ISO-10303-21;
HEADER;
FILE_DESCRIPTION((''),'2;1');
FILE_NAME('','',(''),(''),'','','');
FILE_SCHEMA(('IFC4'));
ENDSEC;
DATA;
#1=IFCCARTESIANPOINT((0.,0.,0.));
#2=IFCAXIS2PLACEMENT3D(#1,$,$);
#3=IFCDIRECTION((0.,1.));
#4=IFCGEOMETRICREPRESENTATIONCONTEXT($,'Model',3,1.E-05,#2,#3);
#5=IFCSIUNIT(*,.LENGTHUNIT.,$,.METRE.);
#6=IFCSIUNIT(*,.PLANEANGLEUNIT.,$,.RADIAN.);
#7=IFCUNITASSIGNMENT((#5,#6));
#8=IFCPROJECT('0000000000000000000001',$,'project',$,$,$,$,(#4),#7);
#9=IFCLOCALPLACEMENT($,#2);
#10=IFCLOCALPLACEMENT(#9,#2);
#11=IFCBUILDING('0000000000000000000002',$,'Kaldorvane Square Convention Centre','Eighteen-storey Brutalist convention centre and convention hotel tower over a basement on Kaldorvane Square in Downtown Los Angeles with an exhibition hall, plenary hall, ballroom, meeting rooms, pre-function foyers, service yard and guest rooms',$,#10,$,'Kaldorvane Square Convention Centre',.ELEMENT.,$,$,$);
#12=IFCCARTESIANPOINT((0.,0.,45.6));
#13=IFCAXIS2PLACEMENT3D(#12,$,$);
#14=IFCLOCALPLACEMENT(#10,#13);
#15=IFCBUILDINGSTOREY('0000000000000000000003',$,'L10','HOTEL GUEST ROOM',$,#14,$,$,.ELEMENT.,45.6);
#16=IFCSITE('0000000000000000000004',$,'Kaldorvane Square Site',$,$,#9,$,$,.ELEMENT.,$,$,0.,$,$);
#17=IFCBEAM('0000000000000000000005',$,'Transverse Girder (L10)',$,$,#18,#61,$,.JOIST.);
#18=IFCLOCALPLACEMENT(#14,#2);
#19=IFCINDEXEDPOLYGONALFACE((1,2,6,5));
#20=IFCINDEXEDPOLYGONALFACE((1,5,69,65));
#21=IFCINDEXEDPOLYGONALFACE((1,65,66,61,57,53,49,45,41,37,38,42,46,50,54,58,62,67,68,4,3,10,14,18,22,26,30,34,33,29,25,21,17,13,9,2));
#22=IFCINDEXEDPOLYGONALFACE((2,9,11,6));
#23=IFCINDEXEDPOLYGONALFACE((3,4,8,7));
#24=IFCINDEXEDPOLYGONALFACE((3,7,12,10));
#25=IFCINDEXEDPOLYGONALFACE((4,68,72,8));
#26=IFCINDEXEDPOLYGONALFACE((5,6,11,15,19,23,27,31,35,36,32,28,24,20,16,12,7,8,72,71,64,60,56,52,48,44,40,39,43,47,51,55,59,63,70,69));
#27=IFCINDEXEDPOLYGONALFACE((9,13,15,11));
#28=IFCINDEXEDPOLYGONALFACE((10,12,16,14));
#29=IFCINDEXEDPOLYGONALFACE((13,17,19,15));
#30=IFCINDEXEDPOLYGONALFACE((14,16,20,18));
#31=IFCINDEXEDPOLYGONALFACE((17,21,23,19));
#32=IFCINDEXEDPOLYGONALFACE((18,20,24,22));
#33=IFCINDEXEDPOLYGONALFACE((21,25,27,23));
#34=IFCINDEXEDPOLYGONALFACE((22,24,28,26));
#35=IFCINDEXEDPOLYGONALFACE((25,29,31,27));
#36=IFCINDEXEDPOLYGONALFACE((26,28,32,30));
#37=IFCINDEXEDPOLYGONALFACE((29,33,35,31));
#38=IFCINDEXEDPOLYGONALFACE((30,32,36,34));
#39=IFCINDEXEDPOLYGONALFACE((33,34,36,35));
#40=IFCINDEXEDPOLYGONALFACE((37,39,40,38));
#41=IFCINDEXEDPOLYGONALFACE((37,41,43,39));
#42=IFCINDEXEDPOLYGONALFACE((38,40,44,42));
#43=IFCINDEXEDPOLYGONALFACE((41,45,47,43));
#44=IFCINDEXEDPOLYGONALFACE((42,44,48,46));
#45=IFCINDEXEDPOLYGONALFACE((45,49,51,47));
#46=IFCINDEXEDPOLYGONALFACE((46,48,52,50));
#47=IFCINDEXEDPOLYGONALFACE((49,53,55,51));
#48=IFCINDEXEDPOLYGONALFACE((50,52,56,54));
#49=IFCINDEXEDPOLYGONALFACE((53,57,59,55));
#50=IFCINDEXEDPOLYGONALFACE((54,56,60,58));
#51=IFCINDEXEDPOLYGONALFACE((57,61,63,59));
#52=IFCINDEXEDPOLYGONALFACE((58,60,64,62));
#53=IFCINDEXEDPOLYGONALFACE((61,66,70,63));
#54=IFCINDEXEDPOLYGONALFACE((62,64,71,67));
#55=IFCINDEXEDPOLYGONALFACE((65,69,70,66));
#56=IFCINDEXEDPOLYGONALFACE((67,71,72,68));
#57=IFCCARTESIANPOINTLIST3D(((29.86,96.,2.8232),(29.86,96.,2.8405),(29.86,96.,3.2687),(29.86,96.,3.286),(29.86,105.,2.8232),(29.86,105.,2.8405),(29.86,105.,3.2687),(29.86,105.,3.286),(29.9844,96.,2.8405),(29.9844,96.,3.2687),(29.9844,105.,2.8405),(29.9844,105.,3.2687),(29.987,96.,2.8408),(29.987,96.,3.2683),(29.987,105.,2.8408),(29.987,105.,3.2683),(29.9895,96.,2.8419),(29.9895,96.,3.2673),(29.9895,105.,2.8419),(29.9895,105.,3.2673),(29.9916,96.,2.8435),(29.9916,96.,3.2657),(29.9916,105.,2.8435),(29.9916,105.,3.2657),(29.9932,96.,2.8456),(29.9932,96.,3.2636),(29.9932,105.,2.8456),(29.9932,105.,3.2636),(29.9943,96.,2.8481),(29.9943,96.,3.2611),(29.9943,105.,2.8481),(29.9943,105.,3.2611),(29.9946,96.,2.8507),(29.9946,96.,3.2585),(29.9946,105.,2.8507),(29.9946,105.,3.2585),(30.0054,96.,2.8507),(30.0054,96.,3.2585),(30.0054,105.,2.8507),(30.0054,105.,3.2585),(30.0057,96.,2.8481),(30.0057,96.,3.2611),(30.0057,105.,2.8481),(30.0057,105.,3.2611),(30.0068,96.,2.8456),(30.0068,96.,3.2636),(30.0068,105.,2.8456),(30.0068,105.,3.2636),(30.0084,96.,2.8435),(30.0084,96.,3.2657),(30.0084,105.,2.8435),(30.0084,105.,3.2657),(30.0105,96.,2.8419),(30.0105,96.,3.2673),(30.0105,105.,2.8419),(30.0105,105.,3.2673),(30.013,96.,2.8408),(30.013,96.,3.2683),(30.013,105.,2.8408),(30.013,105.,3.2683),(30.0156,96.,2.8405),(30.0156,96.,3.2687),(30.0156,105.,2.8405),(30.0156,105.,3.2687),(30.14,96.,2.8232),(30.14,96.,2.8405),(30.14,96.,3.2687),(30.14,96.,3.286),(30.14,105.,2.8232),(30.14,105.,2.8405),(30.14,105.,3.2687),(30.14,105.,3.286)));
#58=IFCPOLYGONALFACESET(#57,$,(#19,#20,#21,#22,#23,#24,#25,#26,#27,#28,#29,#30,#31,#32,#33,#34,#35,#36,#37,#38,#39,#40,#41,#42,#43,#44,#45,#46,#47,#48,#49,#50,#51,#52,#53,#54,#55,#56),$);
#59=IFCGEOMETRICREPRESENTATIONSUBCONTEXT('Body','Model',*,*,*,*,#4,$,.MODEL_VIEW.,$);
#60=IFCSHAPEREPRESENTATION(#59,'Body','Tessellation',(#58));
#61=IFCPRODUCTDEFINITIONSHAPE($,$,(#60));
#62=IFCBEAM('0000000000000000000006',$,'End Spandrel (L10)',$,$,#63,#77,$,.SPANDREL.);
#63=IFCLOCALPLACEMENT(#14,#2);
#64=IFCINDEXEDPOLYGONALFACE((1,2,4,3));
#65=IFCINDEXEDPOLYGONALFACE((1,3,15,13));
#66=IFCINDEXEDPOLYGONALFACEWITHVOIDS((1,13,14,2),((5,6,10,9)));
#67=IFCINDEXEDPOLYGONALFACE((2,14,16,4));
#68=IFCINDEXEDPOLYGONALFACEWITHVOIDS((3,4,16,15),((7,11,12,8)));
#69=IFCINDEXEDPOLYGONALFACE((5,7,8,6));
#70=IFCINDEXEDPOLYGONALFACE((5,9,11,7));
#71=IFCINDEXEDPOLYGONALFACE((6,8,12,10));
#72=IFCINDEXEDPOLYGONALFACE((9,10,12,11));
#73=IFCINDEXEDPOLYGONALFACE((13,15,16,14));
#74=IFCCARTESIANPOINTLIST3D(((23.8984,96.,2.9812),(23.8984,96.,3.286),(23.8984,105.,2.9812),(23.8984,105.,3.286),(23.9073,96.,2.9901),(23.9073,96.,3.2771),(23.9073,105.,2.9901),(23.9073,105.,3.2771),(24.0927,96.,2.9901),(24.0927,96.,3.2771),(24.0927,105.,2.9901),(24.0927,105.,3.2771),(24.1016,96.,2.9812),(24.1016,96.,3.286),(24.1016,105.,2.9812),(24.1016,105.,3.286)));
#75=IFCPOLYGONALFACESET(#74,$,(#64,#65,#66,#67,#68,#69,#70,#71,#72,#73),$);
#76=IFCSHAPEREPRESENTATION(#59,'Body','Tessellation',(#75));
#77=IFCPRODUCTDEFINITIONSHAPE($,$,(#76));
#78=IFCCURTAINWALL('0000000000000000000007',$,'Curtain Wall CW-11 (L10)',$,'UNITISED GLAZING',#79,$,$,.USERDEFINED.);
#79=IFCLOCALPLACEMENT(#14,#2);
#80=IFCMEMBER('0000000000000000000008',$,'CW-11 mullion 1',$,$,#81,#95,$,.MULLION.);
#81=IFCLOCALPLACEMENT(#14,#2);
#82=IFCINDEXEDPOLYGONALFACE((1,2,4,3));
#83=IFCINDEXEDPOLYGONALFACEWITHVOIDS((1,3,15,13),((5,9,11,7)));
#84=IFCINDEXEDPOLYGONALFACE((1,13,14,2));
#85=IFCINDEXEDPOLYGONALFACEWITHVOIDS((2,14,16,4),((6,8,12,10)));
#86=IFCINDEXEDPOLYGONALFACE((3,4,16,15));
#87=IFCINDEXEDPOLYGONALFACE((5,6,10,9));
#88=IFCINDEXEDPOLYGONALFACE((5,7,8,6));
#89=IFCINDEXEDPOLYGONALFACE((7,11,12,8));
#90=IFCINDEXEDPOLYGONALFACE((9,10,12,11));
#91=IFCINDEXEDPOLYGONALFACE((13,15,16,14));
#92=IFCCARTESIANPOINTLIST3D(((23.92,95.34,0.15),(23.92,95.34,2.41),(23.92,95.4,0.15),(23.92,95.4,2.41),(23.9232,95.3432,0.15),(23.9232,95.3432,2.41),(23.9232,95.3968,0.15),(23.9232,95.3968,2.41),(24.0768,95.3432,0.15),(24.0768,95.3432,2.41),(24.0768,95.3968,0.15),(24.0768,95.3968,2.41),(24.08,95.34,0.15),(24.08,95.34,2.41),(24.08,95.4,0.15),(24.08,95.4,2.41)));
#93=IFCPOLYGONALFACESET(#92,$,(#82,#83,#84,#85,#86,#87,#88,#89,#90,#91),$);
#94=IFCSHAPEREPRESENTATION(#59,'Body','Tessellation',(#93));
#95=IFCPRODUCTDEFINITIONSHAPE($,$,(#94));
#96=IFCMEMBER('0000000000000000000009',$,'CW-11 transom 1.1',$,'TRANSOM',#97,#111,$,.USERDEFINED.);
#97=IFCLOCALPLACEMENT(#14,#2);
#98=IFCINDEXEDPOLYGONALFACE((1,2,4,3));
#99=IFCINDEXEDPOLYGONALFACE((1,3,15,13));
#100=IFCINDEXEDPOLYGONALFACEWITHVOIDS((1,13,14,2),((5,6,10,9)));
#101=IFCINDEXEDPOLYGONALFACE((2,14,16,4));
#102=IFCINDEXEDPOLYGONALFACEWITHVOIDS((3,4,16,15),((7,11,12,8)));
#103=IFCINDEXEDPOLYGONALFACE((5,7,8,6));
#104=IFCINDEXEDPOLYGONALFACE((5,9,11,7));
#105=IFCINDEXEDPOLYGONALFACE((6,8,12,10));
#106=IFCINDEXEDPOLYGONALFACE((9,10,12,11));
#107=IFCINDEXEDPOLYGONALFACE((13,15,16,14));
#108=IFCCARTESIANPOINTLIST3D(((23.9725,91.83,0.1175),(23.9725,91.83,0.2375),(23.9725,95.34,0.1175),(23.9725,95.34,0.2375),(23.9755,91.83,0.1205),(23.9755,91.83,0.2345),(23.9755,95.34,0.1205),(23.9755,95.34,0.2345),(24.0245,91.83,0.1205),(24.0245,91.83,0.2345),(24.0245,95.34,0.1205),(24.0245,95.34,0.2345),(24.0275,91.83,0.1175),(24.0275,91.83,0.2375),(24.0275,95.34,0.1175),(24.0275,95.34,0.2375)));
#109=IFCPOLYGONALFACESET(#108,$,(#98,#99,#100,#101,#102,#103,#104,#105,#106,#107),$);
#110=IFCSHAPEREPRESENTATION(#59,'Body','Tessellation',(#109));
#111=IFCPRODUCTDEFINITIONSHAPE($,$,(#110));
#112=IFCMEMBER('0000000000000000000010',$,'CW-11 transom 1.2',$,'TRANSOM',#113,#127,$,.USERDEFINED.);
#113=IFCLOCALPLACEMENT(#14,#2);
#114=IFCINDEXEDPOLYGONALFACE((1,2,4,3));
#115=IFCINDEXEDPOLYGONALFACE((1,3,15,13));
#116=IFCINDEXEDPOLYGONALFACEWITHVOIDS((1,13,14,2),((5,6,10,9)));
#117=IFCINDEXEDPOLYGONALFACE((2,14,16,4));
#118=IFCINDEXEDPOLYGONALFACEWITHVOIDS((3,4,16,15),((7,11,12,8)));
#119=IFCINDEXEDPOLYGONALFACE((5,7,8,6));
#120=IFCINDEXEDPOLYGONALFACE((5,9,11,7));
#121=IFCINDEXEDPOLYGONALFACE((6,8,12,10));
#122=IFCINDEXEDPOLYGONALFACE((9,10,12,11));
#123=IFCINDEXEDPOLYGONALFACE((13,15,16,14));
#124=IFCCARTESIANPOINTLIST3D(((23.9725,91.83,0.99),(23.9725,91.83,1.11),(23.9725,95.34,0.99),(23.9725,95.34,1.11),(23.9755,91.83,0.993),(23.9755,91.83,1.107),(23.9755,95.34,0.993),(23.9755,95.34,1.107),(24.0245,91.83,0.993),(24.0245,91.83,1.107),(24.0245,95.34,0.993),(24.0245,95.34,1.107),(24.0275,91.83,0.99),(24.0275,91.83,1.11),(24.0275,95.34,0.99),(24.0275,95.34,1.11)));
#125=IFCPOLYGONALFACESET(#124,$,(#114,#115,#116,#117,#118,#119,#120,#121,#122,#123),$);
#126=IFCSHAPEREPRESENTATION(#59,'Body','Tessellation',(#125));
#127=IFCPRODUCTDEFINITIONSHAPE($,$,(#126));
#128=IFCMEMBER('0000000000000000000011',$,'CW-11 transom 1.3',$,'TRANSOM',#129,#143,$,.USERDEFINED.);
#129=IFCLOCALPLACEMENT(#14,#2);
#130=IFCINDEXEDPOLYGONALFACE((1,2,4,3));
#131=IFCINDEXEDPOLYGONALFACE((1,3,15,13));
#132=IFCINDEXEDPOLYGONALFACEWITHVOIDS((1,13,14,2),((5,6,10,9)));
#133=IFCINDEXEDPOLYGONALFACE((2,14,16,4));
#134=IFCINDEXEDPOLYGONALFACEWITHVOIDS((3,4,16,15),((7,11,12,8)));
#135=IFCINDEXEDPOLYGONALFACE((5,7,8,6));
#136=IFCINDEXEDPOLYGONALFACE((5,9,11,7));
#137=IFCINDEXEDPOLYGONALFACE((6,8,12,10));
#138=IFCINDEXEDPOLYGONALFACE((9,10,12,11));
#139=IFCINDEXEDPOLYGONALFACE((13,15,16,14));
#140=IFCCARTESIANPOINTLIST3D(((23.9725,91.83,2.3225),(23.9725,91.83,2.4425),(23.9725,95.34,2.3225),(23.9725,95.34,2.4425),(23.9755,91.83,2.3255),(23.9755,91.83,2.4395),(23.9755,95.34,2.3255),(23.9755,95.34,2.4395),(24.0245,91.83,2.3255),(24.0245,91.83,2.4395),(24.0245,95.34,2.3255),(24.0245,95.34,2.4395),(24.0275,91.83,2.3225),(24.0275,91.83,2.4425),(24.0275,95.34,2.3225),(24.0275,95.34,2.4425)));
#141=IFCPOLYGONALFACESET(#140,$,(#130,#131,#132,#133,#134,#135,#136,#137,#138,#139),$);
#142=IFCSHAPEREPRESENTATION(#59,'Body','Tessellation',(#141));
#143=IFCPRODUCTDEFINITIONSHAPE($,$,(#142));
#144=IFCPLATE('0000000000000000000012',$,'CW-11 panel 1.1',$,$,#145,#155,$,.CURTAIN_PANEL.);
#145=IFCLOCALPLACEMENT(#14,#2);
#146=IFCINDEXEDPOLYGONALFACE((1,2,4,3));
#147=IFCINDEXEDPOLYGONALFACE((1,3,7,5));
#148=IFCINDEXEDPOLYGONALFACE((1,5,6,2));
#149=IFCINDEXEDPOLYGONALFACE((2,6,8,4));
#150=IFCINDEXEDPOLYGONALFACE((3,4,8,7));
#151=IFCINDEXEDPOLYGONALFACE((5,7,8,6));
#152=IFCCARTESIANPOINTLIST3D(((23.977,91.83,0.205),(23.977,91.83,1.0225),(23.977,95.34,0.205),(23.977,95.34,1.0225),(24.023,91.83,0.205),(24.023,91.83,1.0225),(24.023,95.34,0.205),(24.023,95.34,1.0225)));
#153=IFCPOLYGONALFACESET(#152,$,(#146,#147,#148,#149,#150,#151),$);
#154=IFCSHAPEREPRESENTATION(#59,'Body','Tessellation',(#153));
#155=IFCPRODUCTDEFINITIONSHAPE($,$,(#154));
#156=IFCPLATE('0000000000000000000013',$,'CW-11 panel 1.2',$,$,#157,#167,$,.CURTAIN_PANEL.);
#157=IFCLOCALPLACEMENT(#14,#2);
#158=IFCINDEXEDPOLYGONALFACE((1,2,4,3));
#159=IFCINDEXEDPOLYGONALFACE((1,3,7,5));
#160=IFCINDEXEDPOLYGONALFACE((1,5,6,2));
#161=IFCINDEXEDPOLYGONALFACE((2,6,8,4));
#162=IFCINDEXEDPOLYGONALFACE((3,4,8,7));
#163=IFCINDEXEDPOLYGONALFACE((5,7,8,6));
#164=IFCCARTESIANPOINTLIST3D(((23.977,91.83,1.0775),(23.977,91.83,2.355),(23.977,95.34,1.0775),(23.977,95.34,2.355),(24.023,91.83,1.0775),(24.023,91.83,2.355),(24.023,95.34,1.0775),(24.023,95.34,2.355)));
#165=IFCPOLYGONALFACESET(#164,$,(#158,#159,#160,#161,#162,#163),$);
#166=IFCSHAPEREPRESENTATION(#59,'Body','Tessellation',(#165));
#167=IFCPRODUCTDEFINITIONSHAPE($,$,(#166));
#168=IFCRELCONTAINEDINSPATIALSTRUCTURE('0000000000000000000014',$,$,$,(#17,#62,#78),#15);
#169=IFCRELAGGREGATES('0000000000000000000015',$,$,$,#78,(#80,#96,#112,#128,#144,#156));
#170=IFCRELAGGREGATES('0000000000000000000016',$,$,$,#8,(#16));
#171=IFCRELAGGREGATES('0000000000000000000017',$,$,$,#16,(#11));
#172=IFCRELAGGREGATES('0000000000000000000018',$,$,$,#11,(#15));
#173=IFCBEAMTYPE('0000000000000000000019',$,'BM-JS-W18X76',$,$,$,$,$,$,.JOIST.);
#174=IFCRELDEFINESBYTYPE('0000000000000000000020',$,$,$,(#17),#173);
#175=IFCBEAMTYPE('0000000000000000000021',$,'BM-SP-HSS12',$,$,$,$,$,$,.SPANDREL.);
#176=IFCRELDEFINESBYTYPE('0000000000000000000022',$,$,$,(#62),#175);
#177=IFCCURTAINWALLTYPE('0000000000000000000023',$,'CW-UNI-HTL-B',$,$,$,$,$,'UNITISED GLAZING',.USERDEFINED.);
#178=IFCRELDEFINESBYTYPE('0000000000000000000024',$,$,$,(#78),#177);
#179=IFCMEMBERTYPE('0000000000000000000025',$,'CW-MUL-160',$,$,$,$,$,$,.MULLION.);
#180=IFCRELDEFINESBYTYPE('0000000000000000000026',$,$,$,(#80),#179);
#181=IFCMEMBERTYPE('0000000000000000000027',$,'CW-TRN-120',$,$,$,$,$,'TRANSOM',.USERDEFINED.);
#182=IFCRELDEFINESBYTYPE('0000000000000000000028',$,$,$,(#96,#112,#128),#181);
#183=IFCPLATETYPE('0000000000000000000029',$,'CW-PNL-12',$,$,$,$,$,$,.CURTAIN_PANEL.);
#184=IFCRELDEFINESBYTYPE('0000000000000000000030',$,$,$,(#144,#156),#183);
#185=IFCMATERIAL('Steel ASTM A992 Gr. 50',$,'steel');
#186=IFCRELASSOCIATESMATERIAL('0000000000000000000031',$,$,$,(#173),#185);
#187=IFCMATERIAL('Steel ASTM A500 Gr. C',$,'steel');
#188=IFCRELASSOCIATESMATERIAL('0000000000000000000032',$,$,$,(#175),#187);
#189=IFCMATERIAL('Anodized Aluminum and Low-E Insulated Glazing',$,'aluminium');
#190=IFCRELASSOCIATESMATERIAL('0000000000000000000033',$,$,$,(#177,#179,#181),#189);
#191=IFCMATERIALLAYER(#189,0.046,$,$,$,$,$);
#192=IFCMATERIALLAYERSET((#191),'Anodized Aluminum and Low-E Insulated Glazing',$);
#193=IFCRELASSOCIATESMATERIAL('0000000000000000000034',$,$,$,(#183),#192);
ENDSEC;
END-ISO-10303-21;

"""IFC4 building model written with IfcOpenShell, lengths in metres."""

from ifc_helpers import new_model, si_unit, direction, frame, origin, origin_2d, place, context, subcontext, project, spatial, rectangle, hollow_rectangle, i_section, extrude, material, layer, layer_set, material_profile, profile_set, type_object, element, aggregate, save


model = new_model("IFC4")

# Units and contexts
model_context = context("Model", 3, precision=1e-05, world=origin(), true_north=direction((0.0, 1.0)))
body_context = subcontext(model_context, "Body", "Model", "MODEL_VIEW")
ifc_project = project(units=[si_unit("LENGTHUNIT", "METRE"), si_unit("PLANEANGLEUNIT", "RADIAN")], contexts=[model_context])

# Site, building, storey
site_placement = place(None, origin())
site = spatial("IfcSite", under=ifc_project, at=site_placement, Name="Kaldorvane Square Site", CompositionType="ELEMENT", RefElevation=0.0)
building_placement = place(site_placement, origin())
building = spatial("IfcBuilding", under=site, at=building_placement, Name="Kaldorvane Square Convention Centre", Description="Eighteen-storey Brutalist convention centre and convention hotel tower over a basement on Kaldorvane Square in Downtown Los Angeles with an exhibition hall, plenary hall, ballroom, meeting rooms, pre-function foyers, service yard and guest rooms", LongName="Kaldorvane Square Convention Centre", CompositionType="ELEMENT")
storey_placement = place(building_placement, frame((0.0, 0.0, 45.6)))
storey = spatial("IfcBuildingStorey", under=building, at=storey_placement, Name="L10", Description="HOTEL GUEST ROOM", CompositionType="ELEMENT", Elevation=45.6)

# Shared definitions
ifc_material_1 = material(Name="Steel ASTM A992 Gr. 50", Category="steel")

# Beams
ifc_material_profile_1 = material_profile(ifc_material_1, i_section(OverallWidth=0.2799, OverallDepth=0.4628, WebThickness=0.0108, FlangeThickness=0.0173, FilletRadius=0.0102, at=origin_2d()), Name="W18X76")
ifc_profile_set_1 = profile_set([ifc_material_profile_1], Name="Steel ASTM A992 Gr. 50")
beam_type_1 = type_object("IfcBeamType", Name="BM-JS-W18X76", PredefinedType="JOIST", material=ifc_profile_set_1)
beam_1_placement = place(storey_placement, frame((30.0, 96.0, 3.0546), z_axis=(0.0, 1.0, 0.0), x_axis=(-1.0, 0.0, 0.0)))
element("IfcBeam", 1, at=beam_1_placement, inside=storey, type_object=beam_type_1, Name="Transverse Girder (L10)", PredefinedType="JOIST", context=body_context, shape_type="SweptSolid", body=[
    extrude(i_section(OverallWidth=0.2799, OverallDepth=0.4628, WebThickness=0.0108, FlangeThickness=0.0173, FilletRadius=0.0102, at=origin_2d()), origin(), (0.0, 0.0, 1.0), 9.0),
])
ifc_material_2 = material(Name="Steel ASTM A500 Gr. C", Category="steel")
ifc_material_profile_2 = material_profile(ifc_material_2, hollow_rectangle(XDim=0.2032, YDim=0.3048, WallThickness=0.0089, at=origin_2d()), Name="HSS12X8X3/8")
ifc_profile_set_2 = profile_set([ifc_material_profile_2], Name="Steel ASTM A500 Gr. C")
beam_type_2 = type_object("IfcBeamType", Name="BM-SP-HSS12", PredefinedType="SPANDREL", material=ifc_profile_set_2)
beam_2_placement = place(storey_placement, frame((24.0, 96.0, 3.1336), z_axis=(0.0, 1.0, 0.0), x_axis=(-1.0, 0.0, 0.0)))
element("IfcBeam", 2, at=beam_2_placement, inside=storey, type_object=beam_type_2, Name="End Spandrel (L10)", PredefinedType="SPANDREL", context=body_context, shape_type="SweptSolid", body=[
    extrude(hollow_rectangle(XDim=0.2032, YDim=0.3048, WallThickness=0.0089, at=origin_2d()), origin(), (0.0, 0.0, 1.0), 9.0),
])

# Curtain wall, members, plates
ifc_material_3 = material(Name="Anodized Aluminum and Low-E Insulated Glazing", Category="aluminium")
curtain_wall_type = type_object("IfcCurtainWallType", Name="CW-UNI-HTL-B", ElementType="UNITISED GLAZING", PredefinedType="USERDEFINED", material=ifc_material_3)
curtain_wall_placement = place(storey_placement, origin())
curtain_wall = element("IfcCurtainWall", 3, at=curtain_wall_placement, inside=storey, type_object=curtain_wall_type, Name="Curtain Wall CW-11 (L10)", ObjectType="UNITISED GLAZING", PredefinedType="USERDEFINED")
ifc_material_profile_3 = material_profile(ifc_material_3, hollow_rectangle(XDim=0.06, YDim=0.16, WallThickness=0.0032, at=origin_2d()), Name="CWM-160X60")
ifc_profile_set_3 = profile_set([ifc_material_profile_3], Name="Anodized Aluminum and Low-E Insulated Glazing")
member_type_1 = type_object("IfcMemberType", Name="CW-MUL-160", PredefinedType="MULLION", material=ifc_profile_set_3)
member_1_placement = place(storey_placement, frame((24.0, 95.37, 0.15), z_axis=(0.0, 0.0, 1.0), x_axis=(0.0, -1.0, 0.0)))
member_1 = element("IfcMember", 4, at=member_1_placement, type_object=member_type_1, Name="CW-11 mullion 1", PredefinedType="MULLION", context=body_context, shape_type="SweptSolid", body=[
    extrude(hollow_rectangle(XDim=0.06, YDim=0.16, WallThickness=0.0032, at=origin_2d()), origin(), (0.0, 0.0, 1.0), 2.26),
])
ifc_material_profile_4 = material_profile(ifc_material_3, hollow_rectangle(XDim=0.055, YDim=0.12, WallThickness=0.003, at=origin_2d()), Name="CWT-120X55")
ifc_profile_set_4 = profile_set([ifc_material_profile_4], Name="Anodized Aluminum and Low-E Insulated Glazing")
member_type_2 = type_object("IfcMemberType", Name="CW-TRN-120", ElementType="TRANSOM", PredefinedType="USERDEFINED", material=ifc_profile_set_4)
member_2_placement = place(storey_placement, frame((24.0, 95.34, 0.1775), z_axis=(0.0, -1.0, 0.0), x_axis=(1.0, 0.0, 0.0)))
member_2 = element("IfcMember", 5, at=member_2_placement, type_object=member_type_2, Name="CW-11 transom 1.1", ObjectType="TRANSOM", PredefinedType="USERDEFINED", context=body_context, shape_type="SweptSolid", body=[
    extrude(hollow_rectangle(XDim=0.055, YDim=0.12, WallThickness=0.003, at=origin_2d()), origin(), (0.0, 0.0, 1.0), 3.51),
])
member_3_placement = place(storey_placement, frame((24.0, 95.34, 1.05), z_axis=(0.0, -1.0, 0.0), x_axis=(1.0, 0.0, 0.0)))
member_3 = element("IfcMember", 6, at=member_3_placement, type_object=member_type_2, Name="CW-11 transom 1.2", ObjectType="TRANSOM", PredefinedType="USERDEFINED", context=body_context, shape_type="SweptSolid", body=[
    extrude(hollow_rectangle(XDim=0.055, YDim=0.12, WallThickness=0.003, at=origin_2d()), origin(), (0.0, 0.0, 1.0), 3.51),
])
member_4_placement = place(storey_placement, frame((24.0, 95.34, 2.3825), z_axis=(0.0, -1.0, 0.0), x_axis=(1.0, 0.0, 0.0)))
member_4 = element("IfcMember", 7, at=member_4_placement, type_object=member_type_2, Name="CW-11 transom 1.3", ObjectType="TRANSOM", PredefinedType="USERDEFINED", context=body_context, shape_type="SweptSolid", body=[
    extrude(hollow_rectangle(XDim=0.055, YDim=0.12, WallThickness=0.003, at=origin_2d()), origin(), (0.0, 0.0, 1.0), 3.51),
])
ifc_layer_1 = layer(ifc_material_3, 0.046)
ifc_layer_set_1 = layer_set([ifc_layer_1], Name="Anodized Aluminum and Low-E Insulated Glazing")
plate_type = type_object("IfcPlateType", Name="CW-PNL-12", PredefinedType="CURTAIN_PANEL", material=ifc_layer_set_1)
plate_1_placement = place(storey_placement, frame((24.0, 93.585, 0.205), z_axis=(0.0, 0.0, 1.0), x_axis=(0.0, -1.0, 0.0)))
plate_1 = element("IfcPlate", 8, at=plate_1_placement, type_object=plate_type, Name="CW-11 panel 1.1", PredefinedType="CURTAIN_PANEL", context=body_context, shape_type="SweptSolid", body=[
    extrude(rectangle(XDim=3.51, YDim=0.046, at=origin_2d()), origin(), (0.0, 0.0, 1.0), 0.8175),
])
plate_2_placement = place(storey_placement, frame((24.0, 93.585, 1.0775), z_axis=(0.0, 0.0, 1.0), x_axis=(0.0, -1.0, 0.0)))
plate_2 = element("IfcPlate", 9, at=plate_2_placement, type_object=plate_type, Name="CW-11 panel 1.2", PredefinedType="CURTAIN_PANEL", context=body_context, shape_type="SweptSolid", body=[
    extrude(rectangle(XDim=3.51, YDim=0.046, at=origin_2d()), origin(), (0.0, 0.0, 1.0), 1.2775),
])
aggregate(curtain_wall, [member_1, member_2, member_3, member_4, plate_1, plate_2])

save(model, "model.ifc")
